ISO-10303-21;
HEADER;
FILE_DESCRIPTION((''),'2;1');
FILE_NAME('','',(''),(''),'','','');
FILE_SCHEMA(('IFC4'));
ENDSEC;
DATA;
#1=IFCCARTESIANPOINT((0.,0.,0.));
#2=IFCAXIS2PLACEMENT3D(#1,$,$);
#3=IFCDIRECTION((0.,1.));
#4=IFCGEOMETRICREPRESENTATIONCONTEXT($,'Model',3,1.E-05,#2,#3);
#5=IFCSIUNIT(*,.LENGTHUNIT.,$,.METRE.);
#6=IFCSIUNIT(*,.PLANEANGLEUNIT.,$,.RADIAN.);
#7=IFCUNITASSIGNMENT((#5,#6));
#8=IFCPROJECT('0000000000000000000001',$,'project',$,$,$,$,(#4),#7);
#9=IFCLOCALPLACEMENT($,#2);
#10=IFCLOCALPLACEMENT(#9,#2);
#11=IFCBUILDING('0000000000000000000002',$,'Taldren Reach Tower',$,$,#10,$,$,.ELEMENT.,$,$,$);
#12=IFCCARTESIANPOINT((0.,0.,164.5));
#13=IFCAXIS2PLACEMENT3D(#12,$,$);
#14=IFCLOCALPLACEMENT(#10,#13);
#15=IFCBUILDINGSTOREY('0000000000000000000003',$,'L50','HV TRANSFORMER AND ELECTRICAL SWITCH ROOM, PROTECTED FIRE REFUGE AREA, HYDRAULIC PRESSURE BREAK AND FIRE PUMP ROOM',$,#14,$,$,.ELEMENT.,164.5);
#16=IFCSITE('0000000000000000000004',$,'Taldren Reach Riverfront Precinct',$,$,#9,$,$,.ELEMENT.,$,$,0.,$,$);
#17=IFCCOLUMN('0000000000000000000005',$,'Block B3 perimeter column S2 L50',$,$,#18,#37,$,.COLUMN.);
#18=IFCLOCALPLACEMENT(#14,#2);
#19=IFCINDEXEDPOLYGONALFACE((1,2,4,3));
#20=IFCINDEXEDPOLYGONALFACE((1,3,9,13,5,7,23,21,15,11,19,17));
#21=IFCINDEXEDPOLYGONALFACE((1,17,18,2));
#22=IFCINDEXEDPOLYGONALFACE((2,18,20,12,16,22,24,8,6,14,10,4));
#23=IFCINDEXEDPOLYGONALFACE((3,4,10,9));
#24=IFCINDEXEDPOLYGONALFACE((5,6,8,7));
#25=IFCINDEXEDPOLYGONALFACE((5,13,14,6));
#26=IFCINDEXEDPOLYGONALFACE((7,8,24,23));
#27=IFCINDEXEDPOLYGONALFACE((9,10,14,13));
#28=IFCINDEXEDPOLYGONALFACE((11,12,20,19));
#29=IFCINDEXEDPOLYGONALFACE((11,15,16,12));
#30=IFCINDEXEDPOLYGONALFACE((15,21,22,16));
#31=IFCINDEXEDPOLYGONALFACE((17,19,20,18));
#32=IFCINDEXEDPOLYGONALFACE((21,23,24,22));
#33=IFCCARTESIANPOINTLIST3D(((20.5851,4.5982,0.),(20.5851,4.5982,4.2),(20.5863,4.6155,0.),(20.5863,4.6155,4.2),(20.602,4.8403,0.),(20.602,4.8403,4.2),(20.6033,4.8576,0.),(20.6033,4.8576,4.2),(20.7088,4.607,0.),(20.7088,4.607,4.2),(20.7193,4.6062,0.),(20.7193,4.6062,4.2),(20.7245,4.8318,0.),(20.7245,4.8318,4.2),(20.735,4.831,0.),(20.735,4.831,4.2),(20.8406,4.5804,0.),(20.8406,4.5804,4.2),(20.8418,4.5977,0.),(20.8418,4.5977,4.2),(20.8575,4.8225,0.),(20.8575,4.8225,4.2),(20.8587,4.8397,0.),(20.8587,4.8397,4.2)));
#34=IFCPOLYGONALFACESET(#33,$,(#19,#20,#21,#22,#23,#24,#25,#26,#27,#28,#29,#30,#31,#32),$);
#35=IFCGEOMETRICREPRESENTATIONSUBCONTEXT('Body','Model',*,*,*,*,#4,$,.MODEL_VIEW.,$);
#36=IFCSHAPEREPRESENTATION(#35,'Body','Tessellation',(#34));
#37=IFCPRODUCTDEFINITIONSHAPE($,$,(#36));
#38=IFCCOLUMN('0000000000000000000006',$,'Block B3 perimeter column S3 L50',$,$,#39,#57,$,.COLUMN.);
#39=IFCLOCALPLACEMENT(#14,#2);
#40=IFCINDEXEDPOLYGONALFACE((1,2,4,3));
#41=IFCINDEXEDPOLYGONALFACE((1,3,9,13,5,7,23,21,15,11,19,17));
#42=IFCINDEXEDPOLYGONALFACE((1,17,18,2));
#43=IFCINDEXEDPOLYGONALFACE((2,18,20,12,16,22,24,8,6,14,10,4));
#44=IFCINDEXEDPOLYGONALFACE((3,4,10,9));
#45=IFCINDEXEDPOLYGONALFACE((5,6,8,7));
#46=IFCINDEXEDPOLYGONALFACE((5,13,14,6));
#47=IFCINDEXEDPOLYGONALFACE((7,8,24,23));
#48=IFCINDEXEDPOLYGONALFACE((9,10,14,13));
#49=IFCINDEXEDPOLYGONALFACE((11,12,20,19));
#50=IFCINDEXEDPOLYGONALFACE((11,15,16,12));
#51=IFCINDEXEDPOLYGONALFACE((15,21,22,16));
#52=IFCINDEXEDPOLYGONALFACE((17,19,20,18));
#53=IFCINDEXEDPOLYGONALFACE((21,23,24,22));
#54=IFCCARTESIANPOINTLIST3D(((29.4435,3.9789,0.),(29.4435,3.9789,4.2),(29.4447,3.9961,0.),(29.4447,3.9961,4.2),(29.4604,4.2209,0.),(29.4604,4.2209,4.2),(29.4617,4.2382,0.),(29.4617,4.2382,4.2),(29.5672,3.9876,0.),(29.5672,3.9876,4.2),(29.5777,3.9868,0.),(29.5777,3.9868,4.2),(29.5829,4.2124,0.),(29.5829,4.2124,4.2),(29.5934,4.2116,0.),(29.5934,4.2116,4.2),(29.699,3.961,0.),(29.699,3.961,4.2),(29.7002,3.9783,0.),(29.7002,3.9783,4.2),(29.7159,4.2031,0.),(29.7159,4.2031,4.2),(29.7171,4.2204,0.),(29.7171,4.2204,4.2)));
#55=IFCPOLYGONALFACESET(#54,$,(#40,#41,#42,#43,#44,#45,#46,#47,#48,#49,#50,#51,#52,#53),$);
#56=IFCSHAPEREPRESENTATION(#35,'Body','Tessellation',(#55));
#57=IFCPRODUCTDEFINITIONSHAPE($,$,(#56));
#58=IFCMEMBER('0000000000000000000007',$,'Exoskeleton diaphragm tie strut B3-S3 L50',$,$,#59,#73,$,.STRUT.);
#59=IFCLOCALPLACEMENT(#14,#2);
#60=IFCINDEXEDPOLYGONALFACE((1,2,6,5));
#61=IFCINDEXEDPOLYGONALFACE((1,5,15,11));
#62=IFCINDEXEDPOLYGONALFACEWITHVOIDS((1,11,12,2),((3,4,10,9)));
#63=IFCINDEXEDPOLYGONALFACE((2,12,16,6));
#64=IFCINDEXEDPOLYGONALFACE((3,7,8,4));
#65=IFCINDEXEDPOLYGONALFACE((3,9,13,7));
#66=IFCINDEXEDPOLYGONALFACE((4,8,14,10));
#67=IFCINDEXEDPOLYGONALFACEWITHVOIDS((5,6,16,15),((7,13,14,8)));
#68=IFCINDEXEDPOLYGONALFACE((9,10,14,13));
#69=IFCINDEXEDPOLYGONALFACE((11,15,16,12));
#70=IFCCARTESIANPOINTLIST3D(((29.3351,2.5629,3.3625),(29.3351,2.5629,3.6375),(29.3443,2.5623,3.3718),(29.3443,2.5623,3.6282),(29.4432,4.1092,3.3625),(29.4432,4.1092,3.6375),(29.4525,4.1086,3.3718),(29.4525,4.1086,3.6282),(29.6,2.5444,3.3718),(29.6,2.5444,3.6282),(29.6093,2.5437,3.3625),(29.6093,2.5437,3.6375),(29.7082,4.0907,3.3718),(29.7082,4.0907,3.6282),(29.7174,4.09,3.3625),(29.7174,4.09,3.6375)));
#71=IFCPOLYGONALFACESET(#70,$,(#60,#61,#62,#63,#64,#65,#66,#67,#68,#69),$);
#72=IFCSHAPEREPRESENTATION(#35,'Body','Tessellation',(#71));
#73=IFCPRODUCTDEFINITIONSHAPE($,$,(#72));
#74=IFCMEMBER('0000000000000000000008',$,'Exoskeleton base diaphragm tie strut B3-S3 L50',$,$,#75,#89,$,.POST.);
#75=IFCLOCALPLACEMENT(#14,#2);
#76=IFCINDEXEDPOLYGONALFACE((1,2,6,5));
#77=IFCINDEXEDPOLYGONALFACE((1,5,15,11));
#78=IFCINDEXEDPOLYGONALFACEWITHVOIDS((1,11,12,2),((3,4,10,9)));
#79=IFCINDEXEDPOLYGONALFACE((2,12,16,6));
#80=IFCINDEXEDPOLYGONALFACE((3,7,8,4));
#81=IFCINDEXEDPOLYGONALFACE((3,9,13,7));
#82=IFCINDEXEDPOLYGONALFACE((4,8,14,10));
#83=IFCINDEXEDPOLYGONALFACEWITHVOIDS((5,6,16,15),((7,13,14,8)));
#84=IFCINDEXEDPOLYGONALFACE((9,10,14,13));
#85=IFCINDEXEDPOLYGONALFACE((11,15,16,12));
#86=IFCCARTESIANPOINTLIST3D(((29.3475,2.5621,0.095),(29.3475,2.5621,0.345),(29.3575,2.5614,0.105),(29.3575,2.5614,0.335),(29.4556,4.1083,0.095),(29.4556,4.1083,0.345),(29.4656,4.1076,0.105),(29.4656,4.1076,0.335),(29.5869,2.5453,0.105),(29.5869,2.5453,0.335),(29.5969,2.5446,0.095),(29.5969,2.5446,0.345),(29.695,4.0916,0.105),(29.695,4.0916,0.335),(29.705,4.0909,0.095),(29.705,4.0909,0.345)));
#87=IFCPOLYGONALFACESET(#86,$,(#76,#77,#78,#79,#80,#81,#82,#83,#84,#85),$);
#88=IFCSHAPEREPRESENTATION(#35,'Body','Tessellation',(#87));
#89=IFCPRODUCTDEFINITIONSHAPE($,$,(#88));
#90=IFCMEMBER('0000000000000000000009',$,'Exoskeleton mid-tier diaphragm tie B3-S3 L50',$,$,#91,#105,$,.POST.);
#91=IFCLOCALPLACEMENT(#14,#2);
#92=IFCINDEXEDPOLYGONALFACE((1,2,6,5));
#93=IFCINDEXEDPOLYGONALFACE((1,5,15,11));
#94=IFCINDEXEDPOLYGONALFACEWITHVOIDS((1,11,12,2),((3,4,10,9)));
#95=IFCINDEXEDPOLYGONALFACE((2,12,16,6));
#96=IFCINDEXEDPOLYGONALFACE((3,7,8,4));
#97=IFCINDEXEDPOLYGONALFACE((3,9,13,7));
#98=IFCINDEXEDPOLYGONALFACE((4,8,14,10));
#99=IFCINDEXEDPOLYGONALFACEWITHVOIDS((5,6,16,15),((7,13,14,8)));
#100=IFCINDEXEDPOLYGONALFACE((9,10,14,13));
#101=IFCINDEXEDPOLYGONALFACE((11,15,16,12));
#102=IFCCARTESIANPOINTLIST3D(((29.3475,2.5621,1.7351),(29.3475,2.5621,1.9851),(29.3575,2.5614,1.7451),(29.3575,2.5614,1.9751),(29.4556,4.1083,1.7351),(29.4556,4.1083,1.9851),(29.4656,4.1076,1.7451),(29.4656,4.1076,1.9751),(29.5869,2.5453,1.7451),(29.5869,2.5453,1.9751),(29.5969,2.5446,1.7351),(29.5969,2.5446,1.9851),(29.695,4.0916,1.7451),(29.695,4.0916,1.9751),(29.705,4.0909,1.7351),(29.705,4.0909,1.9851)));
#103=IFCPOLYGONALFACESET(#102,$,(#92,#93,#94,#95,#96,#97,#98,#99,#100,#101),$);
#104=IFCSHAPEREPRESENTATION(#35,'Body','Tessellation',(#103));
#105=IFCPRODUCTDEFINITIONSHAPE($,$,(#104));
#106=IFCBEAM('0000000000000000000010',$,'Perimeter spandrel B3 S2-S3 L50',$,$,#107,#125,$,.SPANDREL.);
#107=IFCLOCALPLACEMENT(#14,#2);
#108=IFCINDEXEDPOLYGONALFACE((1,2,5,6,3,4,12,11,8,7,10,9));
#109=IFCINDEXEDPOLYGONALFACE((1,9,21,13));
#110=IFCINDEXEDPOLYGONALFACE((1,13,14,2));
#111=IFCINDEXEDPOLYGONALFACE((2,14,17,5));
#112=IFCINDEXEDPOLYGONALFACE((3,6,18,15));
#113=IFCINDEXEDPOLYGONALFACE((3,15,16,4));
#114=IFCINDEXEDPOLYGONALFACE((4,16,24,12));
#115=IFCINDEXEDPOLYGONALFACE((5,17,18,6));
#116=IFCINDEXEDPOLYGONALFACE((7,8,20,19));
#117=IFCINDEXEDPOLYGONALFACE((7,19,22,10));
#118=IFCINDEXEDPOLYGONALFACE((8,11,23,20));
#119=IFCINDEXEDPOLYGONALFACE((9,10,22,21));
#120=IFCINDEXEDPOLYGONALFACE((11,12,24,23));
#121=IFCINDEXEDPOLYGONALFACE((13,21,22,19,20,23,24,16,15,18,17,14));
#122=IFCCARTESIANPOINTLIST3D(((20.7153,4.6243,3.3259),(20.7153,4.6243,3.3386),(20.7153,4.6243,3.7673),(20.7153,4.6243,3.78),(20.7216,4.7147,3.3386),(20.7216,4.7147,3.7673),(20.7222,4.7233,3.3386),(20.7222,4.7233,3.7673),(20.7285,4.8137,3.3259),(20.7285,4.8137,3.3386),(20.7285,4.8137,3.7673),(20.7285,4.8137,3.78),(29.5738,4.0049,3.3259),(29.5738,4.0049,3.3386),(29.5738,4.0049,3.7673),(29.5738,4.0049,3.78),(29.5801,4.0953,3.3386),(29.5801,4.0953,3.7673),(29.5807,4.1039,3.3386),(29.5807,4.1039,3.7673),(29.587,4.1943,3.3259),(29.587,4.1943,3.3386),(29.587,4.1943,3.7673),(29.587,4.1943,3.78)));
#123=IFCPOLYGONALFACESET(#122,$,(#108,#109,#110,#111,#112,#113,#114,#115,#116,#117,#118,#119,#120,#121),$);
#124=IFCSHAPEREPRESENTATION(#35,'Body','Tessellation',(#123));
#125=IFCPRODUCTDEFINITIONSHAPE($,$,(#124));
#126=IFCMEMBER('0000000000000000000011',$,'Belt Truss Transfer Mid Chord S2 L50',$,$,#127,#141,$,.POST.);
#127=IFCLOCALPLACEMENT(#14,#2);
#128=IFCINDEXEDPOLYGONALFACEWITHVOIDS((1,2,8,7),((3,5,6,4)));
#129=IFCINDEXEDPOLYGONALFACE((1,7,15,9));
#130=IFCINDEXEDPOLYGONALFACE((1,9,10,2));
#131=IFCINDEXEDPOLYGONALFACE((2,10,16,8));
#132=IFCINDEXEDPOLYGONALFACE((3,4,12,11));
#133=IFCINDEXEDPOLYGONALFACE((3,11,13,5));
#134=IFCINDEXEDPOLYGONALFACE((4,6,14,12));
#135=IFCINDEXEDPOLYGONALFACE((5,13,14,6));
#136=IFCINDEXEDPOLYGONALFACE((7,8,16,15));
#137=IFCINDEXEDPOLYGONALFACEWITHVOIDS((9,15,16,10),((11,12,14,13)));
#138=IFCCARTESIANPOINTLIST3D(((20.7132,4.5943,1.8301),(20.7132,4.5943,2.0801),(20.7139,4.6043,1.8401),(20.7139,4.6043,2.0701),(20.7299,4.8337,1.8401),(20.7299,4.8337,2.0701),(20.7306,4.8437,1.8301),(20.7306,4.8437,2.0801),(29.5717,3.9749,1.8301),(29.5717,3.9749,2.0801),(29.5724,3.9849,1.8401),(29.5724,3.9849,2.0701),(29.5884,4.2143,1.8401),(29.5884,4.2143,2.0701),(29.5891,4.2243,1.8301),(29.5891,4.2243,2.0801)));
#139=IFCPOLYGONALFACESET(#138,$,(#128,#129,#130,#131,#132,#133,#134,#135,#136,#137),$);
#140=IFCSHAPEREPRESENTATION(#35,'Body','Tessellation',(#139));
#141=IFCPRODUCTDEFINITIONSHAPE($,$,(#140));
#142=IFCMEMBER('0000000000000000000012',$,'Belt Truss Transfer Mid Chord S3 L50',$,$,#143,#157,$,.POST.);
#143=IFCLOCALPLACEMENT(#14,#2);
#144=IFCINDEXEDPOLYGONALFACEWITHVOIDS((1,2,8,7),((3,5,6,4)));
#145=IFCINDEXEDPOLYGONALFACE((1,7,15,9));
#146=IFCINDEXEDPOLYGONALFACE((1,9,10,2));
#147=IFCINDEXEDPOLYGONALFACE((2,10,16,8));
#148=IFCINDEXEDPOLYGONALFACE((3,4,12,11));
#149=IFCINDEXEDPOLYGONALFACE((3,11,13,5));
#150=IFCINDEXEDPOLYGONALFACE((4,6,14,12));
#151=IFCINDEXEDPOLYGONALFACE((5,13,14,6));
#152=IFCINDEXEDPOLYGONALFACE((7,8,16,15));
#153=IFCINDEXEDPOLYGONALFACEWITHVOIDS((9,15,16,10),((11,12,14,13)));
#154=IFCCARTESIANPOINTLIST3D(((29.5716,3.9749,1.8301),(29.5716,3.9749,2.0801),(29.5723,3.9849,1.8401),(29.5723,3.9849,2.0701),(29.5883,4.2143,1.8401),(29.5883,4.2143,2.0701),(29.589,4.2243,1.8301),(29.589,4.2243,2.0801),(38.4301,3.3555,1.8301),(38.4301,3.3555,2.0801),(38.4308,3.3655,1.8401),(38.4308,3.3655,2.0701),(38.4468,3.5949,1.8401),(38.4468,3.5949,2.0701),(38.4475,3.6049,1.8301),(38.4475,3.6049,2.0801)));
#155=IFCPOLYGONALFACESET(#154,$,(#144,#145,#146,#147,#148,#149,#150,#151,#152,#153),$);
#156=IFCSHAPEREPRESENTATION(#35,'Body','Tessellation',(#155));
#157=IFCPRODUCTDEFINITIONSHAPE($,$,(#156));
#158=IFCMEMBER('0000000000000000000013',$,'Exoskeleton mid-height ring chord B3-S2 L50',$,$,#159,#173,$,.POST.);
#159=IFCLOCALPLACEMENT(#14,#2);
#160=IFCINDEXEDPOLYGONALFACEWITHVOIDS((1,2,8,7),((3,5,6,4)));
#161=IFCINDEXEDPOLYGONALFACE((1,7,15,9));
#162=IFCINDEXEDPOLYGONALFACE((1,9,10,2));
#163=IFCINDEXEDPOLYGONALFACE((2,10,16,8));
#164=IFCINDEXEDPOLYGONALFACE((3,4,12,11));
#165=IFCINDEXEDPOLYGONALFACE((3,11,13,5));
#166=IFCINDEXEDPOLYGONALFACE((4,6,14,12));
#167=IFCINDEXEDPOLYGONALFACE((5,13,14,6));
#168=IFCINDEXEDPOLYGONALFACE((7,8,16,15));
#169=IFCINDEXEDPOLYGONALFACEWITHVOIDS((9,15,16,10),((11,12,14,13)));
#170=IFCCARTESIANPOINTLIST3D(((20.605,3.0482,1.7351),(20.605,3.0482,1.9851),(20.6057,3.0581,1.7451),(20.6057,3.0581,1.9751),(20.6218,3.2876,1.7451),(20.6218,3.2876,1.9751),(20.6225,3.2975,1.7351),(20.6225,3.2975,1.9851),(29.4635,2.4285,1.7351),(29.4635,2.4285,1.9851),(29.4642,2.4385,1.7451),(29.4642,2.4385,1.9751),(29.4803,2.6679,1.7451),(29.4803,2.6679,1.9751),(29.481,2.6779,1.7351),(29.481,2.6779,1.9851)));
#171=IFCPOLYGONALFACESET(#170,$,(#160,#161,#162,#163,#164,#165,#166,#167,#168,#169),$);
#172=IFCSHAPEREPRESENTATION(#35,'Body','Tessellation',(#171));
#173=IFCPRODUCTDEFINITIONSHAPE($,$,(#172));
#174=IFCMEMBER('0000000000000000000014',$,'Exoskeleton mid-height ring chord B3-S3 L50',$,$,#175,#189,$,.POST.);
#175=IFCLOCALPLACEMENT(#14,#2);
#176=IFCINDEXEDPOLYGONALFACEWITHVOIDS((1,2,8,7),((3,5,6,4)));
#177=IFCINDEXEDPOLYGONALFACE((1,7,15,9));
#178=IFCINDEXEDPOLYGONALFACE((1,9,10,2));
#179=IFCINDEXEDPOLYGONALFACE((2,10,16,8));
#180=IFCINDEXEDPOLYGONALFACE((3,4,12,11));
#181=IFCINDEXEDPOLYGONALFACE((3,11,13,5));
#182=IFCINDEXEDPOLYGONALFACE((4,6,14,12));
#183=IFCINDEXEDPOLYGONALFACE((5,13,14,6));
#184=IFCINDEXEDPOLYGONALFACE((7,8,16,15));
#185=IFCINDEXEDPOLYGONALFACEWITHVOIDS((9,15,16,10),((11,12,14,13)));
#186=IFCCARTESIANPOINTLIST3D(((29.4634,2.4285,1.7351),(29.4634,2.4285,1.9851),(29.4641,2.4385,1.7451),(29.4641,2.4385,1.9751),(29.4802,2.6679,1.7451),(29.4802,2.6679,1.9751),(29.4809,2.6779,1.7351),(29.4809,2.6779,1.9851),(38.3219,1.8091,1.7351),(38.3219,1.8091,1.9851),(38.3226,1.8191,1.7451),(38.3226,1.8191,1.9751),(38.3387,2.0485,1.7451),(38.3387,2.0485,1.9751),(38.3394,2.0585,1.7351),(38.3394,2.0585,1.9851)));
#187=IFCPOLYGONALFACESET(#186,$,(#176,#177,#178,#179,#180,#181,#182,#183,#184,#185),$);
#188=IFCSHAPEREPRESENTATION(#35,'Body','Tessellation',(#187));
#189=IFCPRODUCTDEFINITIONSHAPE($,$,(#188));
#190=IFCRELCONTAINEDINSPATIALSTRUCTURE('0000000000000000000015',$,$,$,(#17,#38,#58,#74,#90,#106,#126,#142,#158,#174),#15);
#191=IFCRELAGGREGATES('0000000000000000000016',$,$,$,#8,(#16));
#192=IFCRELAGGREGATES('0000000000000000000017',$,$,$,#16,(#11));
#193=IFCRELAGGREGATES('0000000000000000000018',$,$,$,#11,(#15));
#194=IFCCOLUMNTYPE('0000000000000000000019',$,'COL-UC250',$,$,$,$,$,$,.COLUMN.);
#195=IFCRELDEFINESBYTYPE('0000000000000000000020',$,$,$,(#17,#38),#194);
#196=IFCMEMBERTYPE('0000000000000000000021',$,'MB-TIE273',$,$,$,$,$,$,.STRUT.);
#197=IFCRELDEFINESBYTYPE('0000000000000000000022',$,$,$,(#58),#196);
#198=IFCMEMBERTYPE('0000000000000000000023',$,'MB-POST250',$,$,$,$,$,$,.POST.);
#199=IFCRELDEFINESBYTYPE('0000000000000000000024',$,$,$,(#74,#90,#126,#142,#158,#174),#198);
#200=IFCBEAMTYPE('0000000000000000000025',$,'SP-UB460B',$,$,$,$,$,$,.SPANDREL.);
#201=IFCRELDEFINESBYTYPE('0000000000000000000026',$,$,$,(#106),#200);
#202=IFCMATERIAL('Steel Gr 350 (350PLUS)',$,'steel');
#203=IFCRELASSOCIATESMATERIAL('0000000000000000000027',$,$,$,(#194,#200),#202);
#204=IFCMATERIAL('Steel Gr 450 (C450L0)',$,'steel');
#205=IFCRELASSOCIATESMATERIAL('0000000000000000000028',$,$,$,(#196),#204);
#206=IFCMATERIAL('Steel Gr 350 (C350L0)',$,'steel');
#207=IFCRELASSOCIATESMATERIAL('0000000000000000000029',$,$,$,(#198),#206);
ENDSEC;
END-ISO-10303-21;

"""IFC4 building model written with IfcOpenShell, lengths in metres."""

from ifc_helpers import new_model, si_unit, direction, frame, origin, origin_2d, place, context, subcontext, project, spatial, hollow_rectangle, i_section, extrude, source, transform, mapped, material, material_profile, profile_set, type_object, element, save


model = new_model("IFC4")

# Units and contexts
model_context = context("Model", 3, precision=1e-05, world=origin(), true_north=direction((0.0, 1.0)))
body_context = subcontext(model_context, "Body", "Model", "MODEL_VIEW")
ifc_project = project(units=[si_unit("LENGTHUNIT", "METRE"), si_unit("PLANEANGLEUNIT", "RADIAN")], contexts=[model_context])

# Site, building, storey
site_placement = place(None, origin())
site = spatial("IfcSite", under=ifc_project, at=site_placement, Name="Taldren Reach Riverfront Precinct", CompositionType="ELEMENT", RefElevation=0.0)
building_placement = place(site_placement, origin())
building = spatial("IfcBuilding", under=site, at=building_placement, Name="Taldren Reach Tower", CompositionType="ELEMENT")
storey_placement = place(building_placement, frame((0.0, 0.0, 164.5)))
storey = spatial("IfcBuildingStorey", under=building, at=storey_placement, Name="L50", Description="HV TRANSFORMER AND ELECTRICAL SWITCH ROOM, PROTECTED FIRE REFUGE AREA, HYDRAULIC PRESSURE BREAK AND FIRE PUMP ROOM", CompositionType="ELEMENT", Elevation=164.5)

# Columns
ifc_material_1 = material(Name="Steel Gr 350 (350PLUS)", Category="steel")
ifc_material_profile_1 = material_profile(ifc_material_1, i_section(OverallWidth=0.2561, OverallDepth=0.26, WebThickness=0.0105, FlangeThickness=0.0173, at=origin_2d()), Name="250UC89.5")
ifc_profile_set_1 = profile_set([ifc_material_profile_1], Name="Steel Gr 350 (350PLUS)")
column_type = type_object("IfcColumnType", Name="COL-UC250", PredefinedType="COLUMN", material=ifc_profile_set_1)
shared_shape_1 = source(origin(), body_context, "Body", "SweptSolid", [
    extrude(i_section(OverallWidth=0.2561, OverallDepth=0.26, WebThickness=0.0105, FlangeThickness=0.0173, at=origin_2d()), origin(), (0.0, 0.0, 1.0), 4.2),
])
for number, where, z_axis, x_axis, name in (
    (1, (20.7219, 4.719, 0.0), (0.0, 0.0, 1.0), (0.997564, -0.069756, 0.0), "Block B3 perimeter column S2 L50"),
    (2, (29.5803, 4.0996, 0.0), (0.0, 0.0, 1.0), (0.997564, -0.069756, 0.0), "Block B3 perimeter column S3 L50"),
):
    element("IfcColumn", number, at=place(storey_placement, frame(where, z_axis=z_axis, x_axis=x_axis)), inside=storey, type_object=column_type, Name=name, PredefinedType="COLUMN", context=body_context, shape_type="MappedRepresentation", body=[
        mapped(shared_shape_1, transform((0.0, 0.0, 0.0), scale=1.0)),
    ])

# Members
ifc_material_2 = material(Name="Steel Gr 450 (C450L0)", Category="steel")
ifc_material_profile_2 = material_profile(ifc_material_2, hollow_rectangle(XDim=0.2749, YDim=0.2749, WallThickness=0.0093, at=origin_2d()), Name="275x275x9.3SHS")
ifc_profile_set_2 = profile_set([ifc_material_profile_2], Name="Steel Gr 450 (C450L0)")
member_type_1 = type_object("IfcMemberType", Name="MB-TIE273", PredefinedType="STRUT", material=ifc_profile_set_2)
shared_shape_2 = source(origin(), body_context, "Body", "SweptSolid", [
    extrude(hollow_rectangle(XDim=0.2749, YDim=0.2749, WallThickness=0.0093, at=origin_2d()), origin(), (0.0, 0.0, 1.0), 1.55),
])
member_1_placement = place(storey_placement, frame((29.5803, 4.0996, 3.5), z_axis=(-0.06977, -0.997563, 0.0), x_axis=(0.997563, -0.06977, 0.0)))
element("IfcMember", 3, at=member_1_placement, inside=storey, type_object=member_type_1, Name="Exoskeleton diaphragm tie strut B3-S3 L50", PredefinedType="STRUT", context=body_context, shape_type="MappedRepresentation", body=[
    mapped(shared_shape_2, transform((0.0, 0.0, 0.0), scale=1.0)),
])
ifc_material_3 = material(Name="Steel Gr 350 (C350L0)", Category="steel")
ifc_material_profile_3 = material_profile(ifc_material_3, hollow_rectangle(XDim=0.25, YDim=0.25, WallThickness=0.01, at=origin_2d()), Name="250x250x10.0SHS")
ifc_profile_set_3 = profile_set([ifc_material_profile_3], Name="Steel Gr 350 (C350L0)")
member_type_2 = type_object("IfcMemberType", Name="MB-POST250", PredefinedType="POST", material=ifc_profile_set_3)
shared_shape_3 = source(origin(), body_context, "Body", "SweptSolid", [
    extrude(hollow_rectangle(XDim=0.25, YDim=0.25, WallThickness=0.01, at=origin_2d()), origin(), (0.0, 0.0, 1.0), 1.55),
])
for number, where, z_axis, x_axis, name in (
    (4, (29.5803, 4.0996, 0.22), (-0.06977, -0.997563, 0.0), (0.997563, -0.06977, 0.0), "Exoskeleton base diaphragm tie strut B3-S3 L50"),
    (5, (29.5803, 4.0996, 1.8601), (-0.06977, -0.997563, 0.0), (0.997563, -0.06977, 0.0), "Exoskeleton mid-tier diaphragm tie B3-S3 L50"),
):
    element("IfcMember", number, at=place(storey_placement, frame(where, z_axis=z_axis, x_axis=x_axis)), inside=storey, type_object=member_type_2, Name=name, PredefinedType="POST", context=body_context, shape_type="MappedRepresentation", body=[
        mapped(shared_shape_3, transform((0.0, 0.0, 0.0), scale=1.0)),
    ])

# Beam
ifc_material_profile_4 = material_profile(ifc_material_1, i_section(OverallWidth=0.1899, OverallDepth=0.4541, WebThickness=0.0085, FlangeThickness=0.0127, at=origin_2d()), Name="460UB67.1")
ifc_profile_set_4 = profile_set([ifc_material_profile_4], Name="Steel Gr 350 (350PLUS)")
beam_type_1 = type_object("IfcBeamType", Name="SP-UB460B", PredefinedType="SPANDREL", material=ifc_profile_set_4)
shared_shape_4 = source(origin(), body_context, "Body", "SweptSolid", [
    extrude(i_section(OverallWidth=0.1899, OverallDepth=0.4541, WebThickness=0.0085, FlangeThickness=0.0127, at=origin_2d()), origin(), (0.0, 0.0, 1.0), 8.8801),
])
beam_1_placement = place(storey_placement, frame((20.7219, 4.719, 3.553), z_axis=(0.997564, -0.06975, 0.0), x_axis=(0.06975, 0.997564, 0.0)))
element("IfcBeam", 6, at=beam_1_placement, inside=storey, type_object=beam_type_1, Name="Perimeter spandrel B3 S2-S3 L50", PredefinedType="SPANDREL", context=body_context, shape_type="MappedRepresentation", body=[
    mapped(shared_shape_4, transform((0.0, 0.0, 0.0), scale=1.0)),
])

# Members
shared_shape_5 = source(origin(), body_context, "Body", "SweptSolid", [
    extrude(hollow_rectangle(XDim=0.25, YDim=0.25, WallThickness=0.01, at=origin_2d()), origin(), (0.0, 0.0, 1.0), 8.8801),
])
for number, where, z_axis, x_axis, name in (
    (7, (20.7219, 4.719, 1.9551), (0.997564, -0.06975, 0.0), (0.06975, 0.997564, 0.0), "Belt Truss Transfer Mid Chord S2 L50"),
    (8, (29.5803, 4.0996, 1.9551), (0.997564, -0.06975, 0.0), (0.06975, 0.997564, 0.0), "Belt Truss Transfer Mid Chord S3 L50"),
    (9, (20.6138, 3.1729, 1.8601), (0.997563, -0.069778, 0.0), (0.069778, 0.997563, 0.0), "Exoskeleton mid-height ring chord B3-S2 L50"),
    (10, (29.4722, 2.5532, 1.8601), (0.997564, -0.06975, 0.0), (0.06975, 0.997564, 0.0), "Exoskeleton mid-height ring chord B3-S3 L50"),
):
    element("IfcMember", number, at=place(storey_placement, frame(where, z_axis=z_axis, x_axis=x_axis)), inside=storey, type_object=member_type_2, Name=name, PredefinedType="POST", context=body_context, shape_type="MappedRepresentation", body=[
        mapped(shared_shape_5, transform((0.0, 0.0, 0.0), scale=1.0)),
    ])

save(model, "model.ifc")
